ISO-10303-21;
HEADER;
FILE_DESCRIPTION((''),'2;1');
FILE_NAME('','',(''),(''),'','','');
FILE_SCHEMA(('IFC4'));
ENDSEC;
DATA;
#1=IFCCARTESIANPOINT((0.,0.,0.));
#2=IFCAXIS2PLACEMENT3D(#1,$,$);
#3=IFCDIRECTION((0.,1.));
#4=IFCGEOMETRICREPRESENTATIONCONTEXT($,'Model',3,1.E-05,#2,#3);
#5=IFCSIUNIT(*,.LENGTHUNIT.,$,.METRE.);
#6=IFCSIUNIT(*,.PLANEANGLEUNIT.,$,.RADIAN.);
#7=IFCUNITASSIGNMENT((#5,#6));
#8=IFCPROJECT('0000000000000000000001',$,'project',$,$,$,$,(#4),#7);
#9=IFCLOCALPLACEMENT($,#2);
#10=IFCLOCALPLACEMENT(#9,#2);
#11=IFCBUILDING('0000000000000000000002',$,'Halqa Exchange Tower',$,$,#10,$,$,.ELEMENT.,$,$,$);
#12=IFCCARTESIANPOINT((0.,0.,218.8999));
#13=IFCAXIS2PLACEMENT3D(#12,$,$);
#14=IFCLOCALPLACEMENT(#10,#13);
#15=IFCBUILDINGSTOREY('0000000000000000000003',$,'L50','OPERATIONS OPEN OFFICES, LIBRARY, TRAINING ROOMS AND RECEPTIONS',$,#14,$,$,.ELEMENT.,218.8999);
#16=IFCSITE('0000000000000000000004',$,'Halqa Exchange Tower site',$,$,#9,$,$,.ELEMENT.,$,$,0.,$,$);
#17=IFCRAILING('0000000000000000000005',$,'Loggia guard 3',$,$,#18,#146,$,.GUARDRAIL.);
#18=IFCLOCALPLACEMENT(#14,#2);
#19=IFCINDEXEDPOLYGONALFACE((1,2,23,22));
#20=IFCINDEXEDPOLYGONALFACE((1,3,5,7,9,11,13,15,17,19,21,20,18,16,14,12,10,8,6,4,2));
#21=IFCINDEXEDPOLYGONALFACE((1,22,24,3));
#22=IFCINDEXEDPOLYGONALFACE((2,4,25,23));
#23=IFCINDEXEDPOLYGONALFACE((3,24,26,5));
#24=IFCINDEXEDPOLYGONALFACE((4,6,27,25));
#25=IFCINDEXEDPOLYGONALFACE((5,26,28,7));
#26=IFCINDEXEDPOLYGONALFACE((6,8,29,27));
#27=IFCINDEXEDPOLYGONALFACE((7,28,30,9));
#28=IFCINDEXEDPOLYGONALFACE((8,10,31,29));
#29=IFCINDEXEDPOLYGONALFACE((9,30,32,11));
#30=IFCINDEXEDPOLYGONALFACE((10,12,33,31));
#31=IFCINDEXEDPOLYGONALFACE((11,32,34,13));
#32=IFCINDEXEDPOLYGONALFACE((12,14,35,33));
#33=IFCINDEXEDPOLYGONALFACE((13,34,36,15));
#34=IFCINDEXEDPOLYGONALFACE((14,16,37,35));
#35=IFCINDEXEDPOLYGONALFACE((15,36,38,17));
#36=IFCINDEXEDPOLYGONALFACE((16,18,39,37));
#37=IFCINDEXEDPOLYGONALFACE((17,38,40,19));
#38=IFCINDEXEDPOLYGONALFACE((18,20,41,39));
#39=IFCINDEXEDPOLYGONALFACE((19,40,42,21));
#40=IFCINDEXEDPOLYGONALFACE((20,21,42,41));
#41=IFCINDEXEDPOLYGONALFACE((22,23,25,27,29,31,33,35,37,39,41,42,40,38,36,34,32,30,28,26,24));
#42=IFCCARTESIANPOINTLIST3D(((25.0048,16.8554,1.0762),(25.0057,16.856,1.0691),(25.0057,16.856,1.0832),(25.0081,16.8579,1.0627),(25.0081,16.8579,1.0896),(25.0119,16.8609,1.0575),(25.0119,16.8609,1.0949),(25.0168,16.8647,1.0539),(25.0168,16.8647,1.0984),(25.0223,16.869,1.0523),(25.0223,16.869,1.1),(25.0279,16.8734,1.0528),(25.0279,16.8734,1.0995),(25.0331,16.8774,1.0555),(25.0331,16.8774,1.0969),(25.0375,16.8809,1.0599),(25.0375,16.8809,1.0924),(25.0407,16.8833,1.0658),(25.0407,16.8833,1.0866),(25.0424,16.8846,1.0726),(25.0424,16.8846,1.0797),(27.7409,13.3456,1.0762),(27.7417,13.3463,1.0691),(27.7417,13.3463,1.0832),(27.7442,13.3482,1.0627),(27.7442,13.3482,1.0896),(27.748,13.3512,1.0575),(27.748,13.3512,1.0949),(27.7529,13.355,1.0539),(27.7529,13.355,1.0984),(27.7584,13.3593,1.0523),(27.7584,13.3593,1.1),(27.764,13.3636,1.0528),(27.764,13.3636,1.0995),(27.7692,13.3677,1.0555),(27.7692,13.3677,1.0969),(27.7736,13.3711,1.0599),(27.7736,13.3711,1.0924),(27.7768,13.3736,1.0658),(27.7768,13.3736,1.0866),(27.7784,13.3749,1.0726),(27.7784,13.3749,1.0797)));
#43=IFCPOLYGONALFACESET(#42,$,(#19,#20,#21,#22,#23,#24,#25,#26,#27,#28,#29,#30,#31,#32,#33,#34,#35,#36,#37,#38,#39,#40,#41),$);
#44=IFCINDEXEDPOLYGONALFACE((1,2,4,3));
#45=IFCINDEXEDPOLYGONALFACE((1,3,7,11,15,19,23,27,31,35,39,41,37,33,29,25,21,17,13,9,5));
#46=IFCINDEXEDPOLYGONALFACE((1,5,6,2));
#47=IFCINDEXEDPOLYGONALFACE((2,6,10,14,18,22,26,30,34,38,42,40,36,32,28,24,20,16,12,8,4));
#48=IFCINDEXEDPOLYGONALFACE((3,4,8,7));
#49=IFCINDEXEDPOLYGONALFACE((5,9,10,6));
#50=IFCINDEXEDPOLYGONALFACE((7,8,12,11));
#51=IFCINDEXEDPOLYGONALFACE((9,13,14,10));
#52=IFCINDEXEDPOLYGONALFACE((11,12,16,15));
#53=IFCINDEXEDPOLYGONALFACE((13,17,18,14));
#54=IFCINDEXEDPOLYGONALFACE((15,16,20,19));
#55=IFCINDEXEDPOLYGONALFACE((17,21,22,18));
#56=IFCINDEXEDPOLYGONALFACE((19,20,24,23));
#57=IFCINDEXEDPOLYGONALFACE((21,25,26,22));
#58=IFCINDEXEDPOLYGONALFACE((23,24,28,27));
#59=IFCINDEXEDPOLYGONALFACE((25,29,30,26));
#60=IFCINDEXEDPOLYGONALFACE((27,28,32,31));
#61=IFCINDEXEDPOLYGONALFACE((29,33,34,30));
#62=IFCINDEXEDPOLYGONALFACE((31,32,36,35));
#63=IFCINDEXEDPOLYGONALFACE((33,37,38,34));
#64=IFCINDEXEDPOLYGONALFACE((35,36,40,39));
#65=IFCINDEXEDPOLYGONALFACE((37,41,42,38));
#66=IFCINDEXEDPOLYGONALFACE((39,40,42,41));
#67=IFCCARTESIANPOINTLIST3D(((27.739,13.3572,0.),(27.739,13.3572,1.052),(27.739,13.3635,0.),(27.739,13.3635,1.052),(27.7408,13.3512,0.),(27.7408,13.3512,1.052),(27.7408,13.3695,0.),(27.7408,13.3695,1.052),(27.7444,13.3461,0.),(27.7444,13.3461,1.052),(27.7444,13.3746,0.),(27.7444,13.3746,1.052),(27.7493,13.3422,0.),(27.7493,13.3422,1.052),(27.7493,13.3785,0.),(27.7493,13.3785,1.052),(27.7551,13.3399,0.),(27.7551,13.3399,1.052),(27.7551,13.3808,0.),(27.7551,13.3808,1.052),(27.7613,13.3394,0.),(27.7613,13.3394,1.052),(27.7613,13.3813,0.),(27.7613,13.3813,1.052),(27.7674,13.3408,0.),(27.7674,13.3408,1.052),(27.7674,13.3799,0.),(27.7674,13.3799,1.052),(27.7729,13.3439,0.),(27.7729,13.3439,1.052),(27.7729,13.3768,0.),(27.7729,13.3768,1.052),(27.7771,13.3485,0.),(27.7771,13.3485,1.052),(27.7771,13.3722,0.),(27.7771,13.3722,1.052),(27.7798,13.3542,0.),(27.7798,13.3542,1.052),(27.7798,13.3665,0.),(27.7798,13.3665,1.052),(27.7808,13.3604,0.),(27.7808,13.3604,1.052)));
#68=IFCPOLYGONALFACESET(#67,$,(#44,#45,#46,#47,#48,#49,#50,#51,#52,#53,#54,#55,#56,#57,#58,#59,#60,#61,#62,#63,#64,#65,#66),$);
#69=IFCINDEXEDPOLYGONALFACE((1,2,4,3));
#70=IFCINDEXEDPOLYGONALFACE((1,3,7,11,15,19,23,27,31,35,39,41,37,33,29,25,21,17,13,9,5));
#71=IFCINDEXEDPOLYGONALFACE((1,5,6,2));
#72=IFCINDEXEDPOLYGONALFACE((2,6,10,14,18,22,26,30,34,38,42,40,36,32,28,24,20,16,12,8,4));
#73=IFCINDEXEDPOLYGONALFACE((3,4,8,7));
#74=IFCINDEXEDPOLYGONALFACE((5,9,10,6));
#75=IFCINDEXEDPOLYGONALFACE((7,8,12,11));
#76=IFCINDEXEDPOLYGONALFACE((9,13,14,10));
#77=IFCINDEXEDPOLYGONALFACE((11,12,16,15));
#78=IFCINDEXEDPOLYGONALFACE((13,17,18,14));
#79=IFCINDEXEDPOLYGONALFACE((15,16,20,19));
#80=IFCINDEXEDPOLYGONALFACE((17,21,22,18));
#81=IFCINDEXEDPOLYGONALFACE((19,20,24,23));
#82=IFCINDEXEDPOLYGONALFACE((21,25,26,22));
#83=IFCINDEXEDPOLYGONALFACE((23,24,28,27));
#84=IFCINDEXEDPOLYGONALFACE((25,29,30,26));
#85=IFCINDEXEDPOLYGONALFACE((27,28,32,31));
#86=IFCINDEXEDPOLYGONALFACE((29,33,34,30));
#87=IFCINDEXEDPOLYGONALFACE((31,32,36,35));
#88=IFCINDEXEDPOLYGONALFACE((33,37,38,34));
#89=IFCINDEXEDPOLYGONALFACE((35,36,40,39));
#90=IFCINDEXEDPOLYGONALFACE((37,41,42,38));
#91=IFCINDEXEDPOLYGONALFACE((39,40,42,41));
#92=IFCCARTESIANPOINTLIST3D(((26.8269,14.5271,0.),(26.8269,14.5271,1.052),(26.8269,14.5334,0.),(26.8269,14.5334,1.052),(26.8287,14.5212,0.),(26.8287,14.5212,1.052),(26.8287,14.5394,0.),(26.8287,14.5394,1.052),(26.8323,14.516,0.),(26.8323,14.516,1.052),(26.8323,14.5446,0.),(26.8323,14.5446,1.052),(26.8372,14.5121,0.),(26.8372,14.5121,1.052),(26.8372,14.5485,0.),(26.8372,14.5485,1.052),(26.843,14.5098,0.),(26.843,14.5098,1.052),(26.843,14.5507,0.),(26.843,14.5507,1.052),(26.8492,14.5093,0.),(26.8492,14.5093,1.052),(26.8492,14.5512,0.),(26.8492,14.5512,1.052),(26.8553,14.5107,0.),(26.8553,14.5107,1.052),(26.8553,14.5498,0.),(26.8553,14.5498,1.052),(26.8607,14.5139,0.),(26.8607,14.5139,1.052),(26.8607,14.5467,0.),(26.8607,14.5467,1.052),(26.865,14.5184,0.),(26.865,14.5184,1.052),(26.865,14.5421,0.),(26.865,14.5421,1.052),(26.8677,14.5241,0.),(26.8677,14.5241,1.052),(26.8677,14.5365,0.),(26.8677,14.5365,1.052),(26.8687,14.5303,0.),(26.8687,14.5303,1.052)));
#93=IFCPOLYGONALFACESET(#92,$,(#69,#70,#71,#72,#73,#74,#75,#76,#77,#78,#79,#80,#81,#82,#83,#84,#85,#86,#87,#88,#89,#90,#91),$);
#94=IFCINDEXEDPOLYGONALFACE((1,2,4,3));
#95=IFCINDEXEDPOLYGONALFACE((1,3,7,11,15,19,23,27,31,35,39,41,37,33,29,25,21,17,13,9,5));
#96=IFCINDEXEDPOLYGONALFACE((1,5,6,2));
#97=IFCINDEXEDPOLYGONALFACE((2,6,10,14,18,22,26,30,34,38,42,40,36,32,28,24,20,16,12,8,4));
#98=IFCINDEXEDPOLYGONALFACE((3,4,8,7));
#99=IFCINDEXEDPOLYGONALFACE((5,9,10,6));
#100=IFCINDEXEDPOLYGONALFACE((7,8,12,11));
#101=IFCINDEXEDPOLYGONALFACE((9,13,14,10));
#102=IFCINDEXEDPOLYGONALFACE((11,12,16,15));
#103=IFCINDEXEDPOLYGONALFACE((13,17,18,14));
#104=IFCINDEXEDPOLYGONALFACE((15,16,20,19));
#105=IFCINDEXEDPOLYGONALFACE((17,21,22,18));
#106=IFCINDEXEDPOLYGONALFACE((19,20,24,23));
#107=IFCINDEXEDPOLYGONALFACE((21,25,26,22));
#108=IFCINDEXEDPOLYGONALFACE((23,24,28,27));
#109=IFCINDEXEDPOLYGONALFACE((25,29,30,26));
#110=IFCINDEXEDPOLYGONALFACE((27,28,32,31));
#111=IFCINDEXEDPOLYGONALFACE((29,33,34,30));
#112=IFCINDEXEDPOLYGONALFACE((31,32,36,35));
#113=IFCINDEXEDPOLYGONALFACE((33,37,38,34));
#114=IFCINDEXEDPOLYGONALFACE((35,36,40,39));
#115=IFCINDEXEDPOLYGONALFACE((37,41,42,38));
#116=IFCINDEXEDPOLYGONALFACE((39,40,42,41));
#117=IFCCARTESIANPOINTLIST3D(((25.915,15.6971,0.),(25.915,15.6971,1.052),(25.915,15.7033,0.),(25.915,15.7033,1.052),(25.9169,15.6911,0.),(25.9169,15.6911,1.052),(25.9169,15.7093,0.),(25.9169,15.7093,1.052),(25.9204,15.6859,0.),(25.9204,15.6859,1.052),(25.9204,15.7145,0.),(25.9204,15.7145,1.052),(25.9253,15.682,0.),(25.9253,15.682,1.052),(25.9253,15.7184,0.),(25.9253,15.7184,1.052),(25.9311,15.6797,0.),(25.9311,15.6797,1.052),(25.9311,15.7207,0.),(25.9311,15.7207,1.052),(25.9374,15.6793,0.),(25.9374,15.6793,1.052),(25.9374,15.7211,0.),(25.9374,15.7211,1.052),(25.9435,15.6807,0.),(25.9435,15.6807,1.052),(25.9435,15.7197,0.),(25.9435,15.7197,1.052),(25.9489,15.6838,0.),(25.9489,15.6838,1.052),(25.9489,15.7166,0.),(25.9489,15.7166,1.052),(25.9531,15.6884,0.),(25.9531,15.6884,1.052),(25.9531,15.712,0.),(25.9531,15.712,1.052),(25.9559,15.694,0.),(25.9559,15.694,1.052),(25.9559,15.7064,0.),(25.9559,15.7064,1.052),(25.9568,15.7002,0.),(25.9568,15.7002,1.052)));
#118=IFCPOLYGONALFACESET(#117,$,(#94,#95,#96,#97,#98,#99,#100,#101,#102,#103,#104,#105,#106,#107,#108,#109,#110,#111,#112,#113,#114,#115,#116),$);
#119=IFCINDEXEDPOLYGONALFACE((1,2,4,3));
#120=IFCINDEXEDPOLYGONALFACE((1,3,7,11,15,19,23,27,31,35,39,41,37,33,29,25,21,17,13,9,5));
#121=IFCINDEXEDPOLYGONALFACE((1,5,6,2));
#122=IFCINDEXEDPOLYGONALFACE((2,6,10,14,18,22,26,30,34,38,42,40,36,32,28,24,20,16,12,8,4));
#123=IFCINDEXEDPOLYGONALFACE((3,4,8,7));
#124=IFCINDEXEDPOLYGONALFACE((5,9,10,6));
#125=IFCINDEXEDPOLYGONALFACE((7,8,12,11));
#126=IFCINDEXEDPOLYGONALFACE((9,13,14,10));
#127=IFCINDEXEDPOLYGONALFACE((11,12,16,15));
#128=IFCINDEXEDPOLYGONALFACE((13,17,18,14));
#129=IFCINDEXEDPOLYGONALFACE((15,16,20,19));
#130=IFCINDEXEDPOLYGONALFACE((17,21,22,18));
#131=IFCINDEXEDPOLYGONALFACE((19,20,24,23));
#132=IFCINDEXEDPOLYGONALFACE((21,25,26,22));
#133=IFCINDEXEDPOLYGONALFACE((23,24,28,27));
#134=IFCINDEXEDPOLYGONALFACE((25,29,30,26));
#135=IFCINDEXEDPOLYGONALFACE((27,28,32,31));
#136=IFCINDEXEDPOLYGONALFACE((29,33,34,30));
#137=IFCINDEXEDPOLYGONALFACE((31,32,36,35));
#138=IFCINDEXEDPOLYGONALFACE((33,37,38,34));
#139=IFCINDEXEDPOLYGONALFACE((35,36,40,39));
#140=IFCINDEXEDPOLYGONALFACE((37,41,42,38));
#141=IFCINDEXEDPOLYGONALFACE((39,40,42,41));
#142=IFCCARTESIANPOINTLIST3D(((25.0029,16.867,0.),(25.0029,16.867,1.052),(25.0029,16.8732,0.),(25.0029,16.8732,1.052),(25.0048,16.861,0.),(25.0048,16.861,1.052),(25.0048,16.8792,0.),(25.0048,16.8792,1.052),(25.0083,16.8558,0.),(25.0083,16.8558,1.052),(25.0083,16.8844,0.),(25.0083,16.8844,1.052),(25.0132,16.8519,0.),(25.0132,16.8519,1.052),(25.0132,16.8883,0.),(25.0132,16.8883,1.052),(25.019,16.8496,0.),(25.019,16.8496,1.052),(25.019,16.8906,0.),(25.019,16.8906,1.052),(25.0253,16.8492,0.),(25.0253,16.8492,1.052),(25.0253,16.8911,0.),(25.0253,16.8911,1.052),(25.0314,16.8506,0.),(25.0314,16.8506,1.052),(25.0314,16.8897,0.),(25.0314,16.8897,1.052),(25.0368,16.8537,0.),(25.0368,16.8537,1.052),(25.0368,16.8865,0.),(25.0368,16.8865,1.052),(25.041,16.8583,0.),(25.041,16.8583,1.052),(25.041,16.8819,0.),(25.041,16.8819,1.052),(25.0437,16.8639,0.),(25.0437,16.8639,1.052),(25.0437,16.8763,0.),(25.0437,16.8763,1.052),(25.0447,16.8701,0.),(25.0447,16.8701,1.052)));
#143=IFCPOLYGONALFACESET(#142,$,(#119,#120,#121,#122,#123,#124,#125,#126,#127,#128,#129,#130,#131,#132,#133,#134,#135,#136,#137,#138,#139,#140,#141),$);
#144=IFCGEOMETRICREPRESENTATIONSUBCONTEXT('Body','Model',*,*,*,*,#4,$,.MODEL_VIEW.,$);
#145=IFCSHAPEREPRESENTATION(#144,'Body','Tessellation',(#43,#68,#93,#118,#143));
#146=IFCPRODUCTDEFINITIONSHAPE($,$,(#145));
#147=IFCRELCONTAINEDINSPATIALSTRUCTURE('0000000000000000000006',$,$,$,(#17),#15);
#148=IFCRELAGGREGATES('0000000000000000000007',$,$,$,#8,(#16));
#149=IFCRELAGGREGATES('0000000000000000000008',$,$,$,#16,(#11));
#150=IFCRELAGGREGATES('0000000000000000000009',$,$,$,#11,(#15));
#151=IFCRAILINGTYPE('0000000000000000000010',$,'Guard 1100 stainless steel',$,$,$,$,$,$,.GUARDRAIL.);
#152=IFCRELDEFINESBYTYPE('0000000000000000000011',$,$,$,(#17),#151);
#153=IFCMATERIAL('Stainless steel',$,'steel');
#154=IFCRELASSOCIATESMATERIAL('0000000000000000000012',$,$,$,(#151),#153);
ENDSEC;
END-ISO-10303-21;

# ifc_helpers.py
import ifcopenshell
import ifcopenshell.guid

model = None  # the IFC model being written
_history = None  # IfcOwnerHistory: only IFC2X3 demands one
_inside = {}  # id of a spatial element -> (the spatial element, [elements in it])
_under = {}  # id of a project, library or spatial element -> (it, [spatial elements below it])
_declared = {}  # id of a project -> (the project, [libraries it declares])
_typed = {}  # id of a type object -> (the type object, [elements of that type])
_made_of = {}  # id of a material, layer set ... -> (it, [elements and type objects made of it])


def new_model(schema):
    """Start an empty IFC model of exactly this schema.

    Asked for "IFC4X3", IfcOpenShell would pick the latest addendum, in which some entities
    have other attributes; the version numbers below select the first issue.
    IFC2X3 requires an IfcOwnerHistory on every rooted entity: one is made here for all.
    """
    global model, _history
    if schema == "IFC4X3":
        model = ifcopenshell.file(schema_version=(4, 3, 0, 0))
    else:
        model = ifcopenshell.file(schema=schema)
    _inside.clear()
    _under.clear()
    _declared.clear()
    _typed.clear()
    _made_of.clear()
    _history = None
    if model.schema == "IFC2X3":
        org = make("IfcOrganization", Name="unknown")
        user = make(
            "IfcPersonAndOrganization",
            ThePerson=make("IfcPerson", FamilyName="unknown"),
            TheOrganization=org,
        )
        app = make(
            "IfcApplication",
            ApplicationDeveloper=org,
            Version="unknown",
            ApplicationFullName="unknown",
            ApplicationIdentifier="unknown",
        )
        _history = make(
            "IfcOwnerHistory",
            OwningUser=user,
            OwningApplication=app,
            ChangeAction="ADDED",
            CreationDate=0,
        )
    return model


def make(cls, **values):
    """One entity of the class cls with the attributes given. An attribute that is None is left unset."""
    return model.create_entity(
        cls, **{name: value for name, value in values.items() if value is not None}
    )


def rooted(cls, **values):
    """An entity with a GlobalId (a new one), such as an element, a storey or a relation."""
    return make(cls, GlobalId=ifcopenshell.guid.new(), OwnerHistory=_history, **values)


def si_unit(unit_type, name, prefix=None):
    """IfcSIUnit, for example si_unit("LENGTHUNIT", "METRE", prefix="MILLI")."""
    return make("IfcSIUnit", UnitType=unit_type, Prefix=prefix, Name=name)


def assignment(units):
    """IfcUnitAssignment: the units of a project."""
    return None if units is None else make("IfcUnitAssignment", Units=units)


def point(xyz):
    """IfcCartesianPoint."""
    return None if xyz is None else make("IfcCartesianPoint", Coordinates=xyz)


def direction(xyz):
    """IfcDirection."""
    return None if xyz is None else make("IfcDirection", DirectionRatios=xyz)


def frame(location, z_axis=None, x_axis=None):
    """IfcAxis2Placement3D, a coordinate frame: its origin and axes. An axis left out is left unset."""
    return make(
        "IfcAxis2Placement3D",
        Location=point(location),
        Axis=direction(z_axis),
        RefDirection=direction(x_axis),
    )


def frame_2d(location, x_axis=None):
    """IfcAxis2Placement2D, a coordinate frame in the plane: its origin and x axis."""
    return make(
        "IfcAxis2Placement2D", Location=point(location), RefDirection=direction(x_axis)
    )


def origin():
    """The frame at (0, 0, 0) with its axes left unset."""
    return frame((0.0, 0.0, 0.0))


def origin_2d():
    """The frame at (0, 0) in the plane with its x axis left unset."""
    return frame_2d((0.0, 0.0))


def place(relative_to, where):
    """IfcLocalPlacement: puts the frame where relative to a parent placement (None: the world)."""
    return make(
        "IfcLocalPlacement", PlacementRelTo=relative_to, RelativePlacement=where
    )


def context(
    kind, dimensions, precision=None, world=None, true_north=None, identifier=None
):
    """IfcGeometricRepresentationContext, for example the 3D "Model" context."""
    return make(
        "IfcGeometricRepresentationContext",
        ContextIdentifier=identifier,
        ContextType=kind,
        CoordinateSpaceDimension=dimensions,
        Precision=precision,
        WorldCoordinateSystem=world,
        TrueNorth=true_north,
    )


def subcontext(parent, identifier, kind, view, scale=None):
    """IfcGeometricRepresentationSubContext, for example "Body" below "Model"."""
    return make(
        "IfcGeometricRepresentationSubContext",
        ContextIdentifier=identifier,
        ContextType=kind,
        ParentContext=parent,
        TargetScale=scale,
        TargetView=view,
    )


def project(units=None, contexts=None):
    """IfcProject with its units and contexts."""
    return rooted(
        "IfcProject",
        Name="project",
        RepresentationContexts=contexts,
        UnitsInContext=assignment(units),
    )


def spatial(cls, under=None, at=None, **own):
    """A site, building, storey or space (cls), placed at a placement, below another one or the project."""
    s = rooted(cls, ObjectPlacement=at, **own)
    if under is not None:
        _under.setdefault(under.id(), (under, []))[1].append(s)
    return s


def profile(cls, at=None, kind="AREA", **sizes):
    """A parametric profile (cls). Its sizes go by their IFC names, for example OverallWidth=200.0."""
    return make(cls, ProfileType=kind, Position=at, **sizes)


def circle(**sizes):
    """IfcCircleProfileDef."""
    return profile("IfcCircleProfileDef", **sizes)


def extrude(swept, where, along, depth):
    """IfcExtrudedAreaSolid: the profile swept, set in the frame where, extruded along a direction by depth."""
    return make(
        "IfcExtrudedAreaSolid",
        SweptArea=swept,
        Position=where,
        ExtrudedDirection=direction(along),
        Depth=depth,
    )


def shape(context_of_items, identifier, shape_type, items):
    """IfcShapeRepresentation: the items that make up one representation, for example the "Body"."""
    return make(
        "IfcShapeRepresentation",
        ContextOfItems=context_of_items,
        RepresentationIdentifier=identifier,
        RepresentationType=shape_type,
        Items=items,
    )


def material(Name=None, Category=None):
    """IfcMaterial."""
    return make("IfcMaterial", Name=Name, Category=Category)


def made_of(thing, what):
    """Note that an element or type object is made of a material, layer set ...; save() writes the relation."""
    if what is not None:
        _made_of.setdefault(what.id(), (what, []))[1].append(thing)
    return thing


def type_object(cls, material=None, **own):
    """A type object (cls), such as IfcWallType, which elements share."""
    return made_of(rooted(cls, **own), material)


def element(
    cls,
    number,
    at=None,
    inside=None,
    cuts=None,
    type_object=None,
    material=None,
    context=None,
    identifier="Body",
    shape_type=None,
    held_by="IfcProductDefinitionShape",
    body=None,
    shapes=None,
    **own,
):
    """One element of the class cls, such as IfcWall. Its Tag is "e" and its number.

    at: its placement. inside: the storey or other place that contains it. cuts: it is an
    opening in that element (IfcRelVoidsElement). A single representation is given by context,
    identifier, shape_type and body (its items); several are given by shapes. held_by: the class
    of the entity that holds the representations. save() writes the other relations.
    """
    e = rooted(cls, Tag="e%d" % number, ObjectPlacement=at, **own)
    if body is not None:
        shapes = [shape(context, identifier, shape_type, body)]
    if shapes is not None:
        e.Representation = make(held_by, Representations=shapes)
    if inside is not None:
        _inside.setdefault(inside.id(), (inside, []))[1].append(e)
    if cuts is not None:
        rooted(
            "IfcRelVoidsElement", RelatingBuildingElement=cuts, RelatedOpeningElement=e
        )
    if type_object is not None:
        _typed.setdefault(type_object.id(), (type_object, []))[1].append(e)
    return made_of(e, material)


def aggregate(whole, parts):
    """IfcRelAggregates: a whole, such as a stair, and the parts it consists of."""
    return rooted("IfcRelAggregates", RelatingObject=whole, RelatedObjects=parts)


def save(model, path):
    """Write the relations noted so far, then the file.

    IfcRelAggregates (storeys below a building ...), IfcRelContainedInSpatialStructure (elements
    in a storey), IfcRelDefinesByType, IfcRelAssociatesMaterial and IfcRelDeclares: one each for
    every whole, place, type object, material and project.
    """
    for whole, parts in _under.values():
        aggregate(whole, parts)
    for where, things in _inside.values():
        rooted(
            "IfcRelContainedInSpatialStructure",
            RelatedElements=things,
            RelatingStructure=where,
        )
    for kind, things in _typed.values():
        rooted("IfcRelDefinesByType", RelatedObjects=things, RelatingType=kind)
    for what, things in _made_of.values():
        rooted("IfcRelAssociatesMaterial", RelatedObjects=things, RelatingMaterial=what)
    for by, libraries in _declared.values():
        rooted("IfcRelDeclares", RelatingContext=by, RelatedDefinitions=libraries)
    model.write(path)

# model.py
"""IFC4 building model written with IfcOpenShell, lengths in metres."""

from ifc_helpers import new_model, si_unit, direction, frame, origin, origin_2d, place, context, subcontext, project, spatial, circle, extrude, material, type_object, element, save


model = new_model("IFC4")

# Units and contexts
model_context = context("Model", 3, precision=1e-05, world=origin(), true_north=direction((0.0, 1.0)))
body_context = subcontext(model_context, "Body", "Model", "MODEL_VIEW")
ifc_project = project(units=[si_unit("LENGTHUNIT", "METRE"), si_unit("PLANEANGLEUNIT", "RADIAN")], contexts=[model_context])

# Site, building, storey
site_placement = place(None, origin())
site = spatial("IfcSite", under=ifc_project, at=site_placement, Name="Halqa Exchange Tower site", CompositionType="ELEMENT", RefElevation=0.0)
building_placement = place(site_placement, origin())
building = spatial("IfcBuilding", under=site, at=building_placement, Name="Halqa Exchange Tower", CompositionType="ELEMENT")
storey_placement = place(building_placement, frame((0.0, 0.0, 218.8999)))
storey = spatial("IfcBuildingStorey", under=building, at=storey_placement, Name="L50", Description="OPERATIONS OPEN OFFICES, LIBRARY, TRAINING ROOMS AND RECEPTIONS", CompositionType="ELEMENT", Elevation=218.8999)

# Railing
ifc_material_1 = material(Name="Stainless steel", Category="steel")
railing_type = type_object("IfcRailingType", Name="Guard 1100 stainless steel", PredefinedType="GUARDRAIL", material=ifc_material_1)
railing_1_placement = place(storey_placement, frame((27.7598, 13.3604, 0.0)))
element("IfcRailing", 1, at=railing_1_placement, inside=storey, type_object=railing_type, Name="Loggia guard 3", PredefinedType="GUARDRAIL", context=body_context, shape_type="SweptSolid", body=[
    extrude(circle(Radius=0.0239, at=origin_2d()), frame((0.0, 0.0, 1.0762), z_axis=(-0.614818, 0.788669, 0.0), x_axis=(-0.788669, -0.614818, 0.0)), (0.0, 0.0, 1.0), 4.4502),
    extrude(circle(Radius=0.021, at=origin_2d()), origin(), (0.0, 0.0, 1.0), 1.052),
    extrude(circle(Radius=0.021, at=origin_2d()), frame((-0.9121, 1.1699, 0.0)), (0.0, 0.0, 1.0), 1.052),
    extrude(circle(Radius=0.021, at=origin_2d()), frame((-1.824, 2.3398, 0.0)), (0.0, 0.0, 1.0), 1.052),
    extrude(circle(Radius=0.021, at=origin_2d()), frame((-2.7361, 3.5098, 0.0)), (0.0, 0.0, 1.0), 1.052),
])

save(model, "model.ifc")
